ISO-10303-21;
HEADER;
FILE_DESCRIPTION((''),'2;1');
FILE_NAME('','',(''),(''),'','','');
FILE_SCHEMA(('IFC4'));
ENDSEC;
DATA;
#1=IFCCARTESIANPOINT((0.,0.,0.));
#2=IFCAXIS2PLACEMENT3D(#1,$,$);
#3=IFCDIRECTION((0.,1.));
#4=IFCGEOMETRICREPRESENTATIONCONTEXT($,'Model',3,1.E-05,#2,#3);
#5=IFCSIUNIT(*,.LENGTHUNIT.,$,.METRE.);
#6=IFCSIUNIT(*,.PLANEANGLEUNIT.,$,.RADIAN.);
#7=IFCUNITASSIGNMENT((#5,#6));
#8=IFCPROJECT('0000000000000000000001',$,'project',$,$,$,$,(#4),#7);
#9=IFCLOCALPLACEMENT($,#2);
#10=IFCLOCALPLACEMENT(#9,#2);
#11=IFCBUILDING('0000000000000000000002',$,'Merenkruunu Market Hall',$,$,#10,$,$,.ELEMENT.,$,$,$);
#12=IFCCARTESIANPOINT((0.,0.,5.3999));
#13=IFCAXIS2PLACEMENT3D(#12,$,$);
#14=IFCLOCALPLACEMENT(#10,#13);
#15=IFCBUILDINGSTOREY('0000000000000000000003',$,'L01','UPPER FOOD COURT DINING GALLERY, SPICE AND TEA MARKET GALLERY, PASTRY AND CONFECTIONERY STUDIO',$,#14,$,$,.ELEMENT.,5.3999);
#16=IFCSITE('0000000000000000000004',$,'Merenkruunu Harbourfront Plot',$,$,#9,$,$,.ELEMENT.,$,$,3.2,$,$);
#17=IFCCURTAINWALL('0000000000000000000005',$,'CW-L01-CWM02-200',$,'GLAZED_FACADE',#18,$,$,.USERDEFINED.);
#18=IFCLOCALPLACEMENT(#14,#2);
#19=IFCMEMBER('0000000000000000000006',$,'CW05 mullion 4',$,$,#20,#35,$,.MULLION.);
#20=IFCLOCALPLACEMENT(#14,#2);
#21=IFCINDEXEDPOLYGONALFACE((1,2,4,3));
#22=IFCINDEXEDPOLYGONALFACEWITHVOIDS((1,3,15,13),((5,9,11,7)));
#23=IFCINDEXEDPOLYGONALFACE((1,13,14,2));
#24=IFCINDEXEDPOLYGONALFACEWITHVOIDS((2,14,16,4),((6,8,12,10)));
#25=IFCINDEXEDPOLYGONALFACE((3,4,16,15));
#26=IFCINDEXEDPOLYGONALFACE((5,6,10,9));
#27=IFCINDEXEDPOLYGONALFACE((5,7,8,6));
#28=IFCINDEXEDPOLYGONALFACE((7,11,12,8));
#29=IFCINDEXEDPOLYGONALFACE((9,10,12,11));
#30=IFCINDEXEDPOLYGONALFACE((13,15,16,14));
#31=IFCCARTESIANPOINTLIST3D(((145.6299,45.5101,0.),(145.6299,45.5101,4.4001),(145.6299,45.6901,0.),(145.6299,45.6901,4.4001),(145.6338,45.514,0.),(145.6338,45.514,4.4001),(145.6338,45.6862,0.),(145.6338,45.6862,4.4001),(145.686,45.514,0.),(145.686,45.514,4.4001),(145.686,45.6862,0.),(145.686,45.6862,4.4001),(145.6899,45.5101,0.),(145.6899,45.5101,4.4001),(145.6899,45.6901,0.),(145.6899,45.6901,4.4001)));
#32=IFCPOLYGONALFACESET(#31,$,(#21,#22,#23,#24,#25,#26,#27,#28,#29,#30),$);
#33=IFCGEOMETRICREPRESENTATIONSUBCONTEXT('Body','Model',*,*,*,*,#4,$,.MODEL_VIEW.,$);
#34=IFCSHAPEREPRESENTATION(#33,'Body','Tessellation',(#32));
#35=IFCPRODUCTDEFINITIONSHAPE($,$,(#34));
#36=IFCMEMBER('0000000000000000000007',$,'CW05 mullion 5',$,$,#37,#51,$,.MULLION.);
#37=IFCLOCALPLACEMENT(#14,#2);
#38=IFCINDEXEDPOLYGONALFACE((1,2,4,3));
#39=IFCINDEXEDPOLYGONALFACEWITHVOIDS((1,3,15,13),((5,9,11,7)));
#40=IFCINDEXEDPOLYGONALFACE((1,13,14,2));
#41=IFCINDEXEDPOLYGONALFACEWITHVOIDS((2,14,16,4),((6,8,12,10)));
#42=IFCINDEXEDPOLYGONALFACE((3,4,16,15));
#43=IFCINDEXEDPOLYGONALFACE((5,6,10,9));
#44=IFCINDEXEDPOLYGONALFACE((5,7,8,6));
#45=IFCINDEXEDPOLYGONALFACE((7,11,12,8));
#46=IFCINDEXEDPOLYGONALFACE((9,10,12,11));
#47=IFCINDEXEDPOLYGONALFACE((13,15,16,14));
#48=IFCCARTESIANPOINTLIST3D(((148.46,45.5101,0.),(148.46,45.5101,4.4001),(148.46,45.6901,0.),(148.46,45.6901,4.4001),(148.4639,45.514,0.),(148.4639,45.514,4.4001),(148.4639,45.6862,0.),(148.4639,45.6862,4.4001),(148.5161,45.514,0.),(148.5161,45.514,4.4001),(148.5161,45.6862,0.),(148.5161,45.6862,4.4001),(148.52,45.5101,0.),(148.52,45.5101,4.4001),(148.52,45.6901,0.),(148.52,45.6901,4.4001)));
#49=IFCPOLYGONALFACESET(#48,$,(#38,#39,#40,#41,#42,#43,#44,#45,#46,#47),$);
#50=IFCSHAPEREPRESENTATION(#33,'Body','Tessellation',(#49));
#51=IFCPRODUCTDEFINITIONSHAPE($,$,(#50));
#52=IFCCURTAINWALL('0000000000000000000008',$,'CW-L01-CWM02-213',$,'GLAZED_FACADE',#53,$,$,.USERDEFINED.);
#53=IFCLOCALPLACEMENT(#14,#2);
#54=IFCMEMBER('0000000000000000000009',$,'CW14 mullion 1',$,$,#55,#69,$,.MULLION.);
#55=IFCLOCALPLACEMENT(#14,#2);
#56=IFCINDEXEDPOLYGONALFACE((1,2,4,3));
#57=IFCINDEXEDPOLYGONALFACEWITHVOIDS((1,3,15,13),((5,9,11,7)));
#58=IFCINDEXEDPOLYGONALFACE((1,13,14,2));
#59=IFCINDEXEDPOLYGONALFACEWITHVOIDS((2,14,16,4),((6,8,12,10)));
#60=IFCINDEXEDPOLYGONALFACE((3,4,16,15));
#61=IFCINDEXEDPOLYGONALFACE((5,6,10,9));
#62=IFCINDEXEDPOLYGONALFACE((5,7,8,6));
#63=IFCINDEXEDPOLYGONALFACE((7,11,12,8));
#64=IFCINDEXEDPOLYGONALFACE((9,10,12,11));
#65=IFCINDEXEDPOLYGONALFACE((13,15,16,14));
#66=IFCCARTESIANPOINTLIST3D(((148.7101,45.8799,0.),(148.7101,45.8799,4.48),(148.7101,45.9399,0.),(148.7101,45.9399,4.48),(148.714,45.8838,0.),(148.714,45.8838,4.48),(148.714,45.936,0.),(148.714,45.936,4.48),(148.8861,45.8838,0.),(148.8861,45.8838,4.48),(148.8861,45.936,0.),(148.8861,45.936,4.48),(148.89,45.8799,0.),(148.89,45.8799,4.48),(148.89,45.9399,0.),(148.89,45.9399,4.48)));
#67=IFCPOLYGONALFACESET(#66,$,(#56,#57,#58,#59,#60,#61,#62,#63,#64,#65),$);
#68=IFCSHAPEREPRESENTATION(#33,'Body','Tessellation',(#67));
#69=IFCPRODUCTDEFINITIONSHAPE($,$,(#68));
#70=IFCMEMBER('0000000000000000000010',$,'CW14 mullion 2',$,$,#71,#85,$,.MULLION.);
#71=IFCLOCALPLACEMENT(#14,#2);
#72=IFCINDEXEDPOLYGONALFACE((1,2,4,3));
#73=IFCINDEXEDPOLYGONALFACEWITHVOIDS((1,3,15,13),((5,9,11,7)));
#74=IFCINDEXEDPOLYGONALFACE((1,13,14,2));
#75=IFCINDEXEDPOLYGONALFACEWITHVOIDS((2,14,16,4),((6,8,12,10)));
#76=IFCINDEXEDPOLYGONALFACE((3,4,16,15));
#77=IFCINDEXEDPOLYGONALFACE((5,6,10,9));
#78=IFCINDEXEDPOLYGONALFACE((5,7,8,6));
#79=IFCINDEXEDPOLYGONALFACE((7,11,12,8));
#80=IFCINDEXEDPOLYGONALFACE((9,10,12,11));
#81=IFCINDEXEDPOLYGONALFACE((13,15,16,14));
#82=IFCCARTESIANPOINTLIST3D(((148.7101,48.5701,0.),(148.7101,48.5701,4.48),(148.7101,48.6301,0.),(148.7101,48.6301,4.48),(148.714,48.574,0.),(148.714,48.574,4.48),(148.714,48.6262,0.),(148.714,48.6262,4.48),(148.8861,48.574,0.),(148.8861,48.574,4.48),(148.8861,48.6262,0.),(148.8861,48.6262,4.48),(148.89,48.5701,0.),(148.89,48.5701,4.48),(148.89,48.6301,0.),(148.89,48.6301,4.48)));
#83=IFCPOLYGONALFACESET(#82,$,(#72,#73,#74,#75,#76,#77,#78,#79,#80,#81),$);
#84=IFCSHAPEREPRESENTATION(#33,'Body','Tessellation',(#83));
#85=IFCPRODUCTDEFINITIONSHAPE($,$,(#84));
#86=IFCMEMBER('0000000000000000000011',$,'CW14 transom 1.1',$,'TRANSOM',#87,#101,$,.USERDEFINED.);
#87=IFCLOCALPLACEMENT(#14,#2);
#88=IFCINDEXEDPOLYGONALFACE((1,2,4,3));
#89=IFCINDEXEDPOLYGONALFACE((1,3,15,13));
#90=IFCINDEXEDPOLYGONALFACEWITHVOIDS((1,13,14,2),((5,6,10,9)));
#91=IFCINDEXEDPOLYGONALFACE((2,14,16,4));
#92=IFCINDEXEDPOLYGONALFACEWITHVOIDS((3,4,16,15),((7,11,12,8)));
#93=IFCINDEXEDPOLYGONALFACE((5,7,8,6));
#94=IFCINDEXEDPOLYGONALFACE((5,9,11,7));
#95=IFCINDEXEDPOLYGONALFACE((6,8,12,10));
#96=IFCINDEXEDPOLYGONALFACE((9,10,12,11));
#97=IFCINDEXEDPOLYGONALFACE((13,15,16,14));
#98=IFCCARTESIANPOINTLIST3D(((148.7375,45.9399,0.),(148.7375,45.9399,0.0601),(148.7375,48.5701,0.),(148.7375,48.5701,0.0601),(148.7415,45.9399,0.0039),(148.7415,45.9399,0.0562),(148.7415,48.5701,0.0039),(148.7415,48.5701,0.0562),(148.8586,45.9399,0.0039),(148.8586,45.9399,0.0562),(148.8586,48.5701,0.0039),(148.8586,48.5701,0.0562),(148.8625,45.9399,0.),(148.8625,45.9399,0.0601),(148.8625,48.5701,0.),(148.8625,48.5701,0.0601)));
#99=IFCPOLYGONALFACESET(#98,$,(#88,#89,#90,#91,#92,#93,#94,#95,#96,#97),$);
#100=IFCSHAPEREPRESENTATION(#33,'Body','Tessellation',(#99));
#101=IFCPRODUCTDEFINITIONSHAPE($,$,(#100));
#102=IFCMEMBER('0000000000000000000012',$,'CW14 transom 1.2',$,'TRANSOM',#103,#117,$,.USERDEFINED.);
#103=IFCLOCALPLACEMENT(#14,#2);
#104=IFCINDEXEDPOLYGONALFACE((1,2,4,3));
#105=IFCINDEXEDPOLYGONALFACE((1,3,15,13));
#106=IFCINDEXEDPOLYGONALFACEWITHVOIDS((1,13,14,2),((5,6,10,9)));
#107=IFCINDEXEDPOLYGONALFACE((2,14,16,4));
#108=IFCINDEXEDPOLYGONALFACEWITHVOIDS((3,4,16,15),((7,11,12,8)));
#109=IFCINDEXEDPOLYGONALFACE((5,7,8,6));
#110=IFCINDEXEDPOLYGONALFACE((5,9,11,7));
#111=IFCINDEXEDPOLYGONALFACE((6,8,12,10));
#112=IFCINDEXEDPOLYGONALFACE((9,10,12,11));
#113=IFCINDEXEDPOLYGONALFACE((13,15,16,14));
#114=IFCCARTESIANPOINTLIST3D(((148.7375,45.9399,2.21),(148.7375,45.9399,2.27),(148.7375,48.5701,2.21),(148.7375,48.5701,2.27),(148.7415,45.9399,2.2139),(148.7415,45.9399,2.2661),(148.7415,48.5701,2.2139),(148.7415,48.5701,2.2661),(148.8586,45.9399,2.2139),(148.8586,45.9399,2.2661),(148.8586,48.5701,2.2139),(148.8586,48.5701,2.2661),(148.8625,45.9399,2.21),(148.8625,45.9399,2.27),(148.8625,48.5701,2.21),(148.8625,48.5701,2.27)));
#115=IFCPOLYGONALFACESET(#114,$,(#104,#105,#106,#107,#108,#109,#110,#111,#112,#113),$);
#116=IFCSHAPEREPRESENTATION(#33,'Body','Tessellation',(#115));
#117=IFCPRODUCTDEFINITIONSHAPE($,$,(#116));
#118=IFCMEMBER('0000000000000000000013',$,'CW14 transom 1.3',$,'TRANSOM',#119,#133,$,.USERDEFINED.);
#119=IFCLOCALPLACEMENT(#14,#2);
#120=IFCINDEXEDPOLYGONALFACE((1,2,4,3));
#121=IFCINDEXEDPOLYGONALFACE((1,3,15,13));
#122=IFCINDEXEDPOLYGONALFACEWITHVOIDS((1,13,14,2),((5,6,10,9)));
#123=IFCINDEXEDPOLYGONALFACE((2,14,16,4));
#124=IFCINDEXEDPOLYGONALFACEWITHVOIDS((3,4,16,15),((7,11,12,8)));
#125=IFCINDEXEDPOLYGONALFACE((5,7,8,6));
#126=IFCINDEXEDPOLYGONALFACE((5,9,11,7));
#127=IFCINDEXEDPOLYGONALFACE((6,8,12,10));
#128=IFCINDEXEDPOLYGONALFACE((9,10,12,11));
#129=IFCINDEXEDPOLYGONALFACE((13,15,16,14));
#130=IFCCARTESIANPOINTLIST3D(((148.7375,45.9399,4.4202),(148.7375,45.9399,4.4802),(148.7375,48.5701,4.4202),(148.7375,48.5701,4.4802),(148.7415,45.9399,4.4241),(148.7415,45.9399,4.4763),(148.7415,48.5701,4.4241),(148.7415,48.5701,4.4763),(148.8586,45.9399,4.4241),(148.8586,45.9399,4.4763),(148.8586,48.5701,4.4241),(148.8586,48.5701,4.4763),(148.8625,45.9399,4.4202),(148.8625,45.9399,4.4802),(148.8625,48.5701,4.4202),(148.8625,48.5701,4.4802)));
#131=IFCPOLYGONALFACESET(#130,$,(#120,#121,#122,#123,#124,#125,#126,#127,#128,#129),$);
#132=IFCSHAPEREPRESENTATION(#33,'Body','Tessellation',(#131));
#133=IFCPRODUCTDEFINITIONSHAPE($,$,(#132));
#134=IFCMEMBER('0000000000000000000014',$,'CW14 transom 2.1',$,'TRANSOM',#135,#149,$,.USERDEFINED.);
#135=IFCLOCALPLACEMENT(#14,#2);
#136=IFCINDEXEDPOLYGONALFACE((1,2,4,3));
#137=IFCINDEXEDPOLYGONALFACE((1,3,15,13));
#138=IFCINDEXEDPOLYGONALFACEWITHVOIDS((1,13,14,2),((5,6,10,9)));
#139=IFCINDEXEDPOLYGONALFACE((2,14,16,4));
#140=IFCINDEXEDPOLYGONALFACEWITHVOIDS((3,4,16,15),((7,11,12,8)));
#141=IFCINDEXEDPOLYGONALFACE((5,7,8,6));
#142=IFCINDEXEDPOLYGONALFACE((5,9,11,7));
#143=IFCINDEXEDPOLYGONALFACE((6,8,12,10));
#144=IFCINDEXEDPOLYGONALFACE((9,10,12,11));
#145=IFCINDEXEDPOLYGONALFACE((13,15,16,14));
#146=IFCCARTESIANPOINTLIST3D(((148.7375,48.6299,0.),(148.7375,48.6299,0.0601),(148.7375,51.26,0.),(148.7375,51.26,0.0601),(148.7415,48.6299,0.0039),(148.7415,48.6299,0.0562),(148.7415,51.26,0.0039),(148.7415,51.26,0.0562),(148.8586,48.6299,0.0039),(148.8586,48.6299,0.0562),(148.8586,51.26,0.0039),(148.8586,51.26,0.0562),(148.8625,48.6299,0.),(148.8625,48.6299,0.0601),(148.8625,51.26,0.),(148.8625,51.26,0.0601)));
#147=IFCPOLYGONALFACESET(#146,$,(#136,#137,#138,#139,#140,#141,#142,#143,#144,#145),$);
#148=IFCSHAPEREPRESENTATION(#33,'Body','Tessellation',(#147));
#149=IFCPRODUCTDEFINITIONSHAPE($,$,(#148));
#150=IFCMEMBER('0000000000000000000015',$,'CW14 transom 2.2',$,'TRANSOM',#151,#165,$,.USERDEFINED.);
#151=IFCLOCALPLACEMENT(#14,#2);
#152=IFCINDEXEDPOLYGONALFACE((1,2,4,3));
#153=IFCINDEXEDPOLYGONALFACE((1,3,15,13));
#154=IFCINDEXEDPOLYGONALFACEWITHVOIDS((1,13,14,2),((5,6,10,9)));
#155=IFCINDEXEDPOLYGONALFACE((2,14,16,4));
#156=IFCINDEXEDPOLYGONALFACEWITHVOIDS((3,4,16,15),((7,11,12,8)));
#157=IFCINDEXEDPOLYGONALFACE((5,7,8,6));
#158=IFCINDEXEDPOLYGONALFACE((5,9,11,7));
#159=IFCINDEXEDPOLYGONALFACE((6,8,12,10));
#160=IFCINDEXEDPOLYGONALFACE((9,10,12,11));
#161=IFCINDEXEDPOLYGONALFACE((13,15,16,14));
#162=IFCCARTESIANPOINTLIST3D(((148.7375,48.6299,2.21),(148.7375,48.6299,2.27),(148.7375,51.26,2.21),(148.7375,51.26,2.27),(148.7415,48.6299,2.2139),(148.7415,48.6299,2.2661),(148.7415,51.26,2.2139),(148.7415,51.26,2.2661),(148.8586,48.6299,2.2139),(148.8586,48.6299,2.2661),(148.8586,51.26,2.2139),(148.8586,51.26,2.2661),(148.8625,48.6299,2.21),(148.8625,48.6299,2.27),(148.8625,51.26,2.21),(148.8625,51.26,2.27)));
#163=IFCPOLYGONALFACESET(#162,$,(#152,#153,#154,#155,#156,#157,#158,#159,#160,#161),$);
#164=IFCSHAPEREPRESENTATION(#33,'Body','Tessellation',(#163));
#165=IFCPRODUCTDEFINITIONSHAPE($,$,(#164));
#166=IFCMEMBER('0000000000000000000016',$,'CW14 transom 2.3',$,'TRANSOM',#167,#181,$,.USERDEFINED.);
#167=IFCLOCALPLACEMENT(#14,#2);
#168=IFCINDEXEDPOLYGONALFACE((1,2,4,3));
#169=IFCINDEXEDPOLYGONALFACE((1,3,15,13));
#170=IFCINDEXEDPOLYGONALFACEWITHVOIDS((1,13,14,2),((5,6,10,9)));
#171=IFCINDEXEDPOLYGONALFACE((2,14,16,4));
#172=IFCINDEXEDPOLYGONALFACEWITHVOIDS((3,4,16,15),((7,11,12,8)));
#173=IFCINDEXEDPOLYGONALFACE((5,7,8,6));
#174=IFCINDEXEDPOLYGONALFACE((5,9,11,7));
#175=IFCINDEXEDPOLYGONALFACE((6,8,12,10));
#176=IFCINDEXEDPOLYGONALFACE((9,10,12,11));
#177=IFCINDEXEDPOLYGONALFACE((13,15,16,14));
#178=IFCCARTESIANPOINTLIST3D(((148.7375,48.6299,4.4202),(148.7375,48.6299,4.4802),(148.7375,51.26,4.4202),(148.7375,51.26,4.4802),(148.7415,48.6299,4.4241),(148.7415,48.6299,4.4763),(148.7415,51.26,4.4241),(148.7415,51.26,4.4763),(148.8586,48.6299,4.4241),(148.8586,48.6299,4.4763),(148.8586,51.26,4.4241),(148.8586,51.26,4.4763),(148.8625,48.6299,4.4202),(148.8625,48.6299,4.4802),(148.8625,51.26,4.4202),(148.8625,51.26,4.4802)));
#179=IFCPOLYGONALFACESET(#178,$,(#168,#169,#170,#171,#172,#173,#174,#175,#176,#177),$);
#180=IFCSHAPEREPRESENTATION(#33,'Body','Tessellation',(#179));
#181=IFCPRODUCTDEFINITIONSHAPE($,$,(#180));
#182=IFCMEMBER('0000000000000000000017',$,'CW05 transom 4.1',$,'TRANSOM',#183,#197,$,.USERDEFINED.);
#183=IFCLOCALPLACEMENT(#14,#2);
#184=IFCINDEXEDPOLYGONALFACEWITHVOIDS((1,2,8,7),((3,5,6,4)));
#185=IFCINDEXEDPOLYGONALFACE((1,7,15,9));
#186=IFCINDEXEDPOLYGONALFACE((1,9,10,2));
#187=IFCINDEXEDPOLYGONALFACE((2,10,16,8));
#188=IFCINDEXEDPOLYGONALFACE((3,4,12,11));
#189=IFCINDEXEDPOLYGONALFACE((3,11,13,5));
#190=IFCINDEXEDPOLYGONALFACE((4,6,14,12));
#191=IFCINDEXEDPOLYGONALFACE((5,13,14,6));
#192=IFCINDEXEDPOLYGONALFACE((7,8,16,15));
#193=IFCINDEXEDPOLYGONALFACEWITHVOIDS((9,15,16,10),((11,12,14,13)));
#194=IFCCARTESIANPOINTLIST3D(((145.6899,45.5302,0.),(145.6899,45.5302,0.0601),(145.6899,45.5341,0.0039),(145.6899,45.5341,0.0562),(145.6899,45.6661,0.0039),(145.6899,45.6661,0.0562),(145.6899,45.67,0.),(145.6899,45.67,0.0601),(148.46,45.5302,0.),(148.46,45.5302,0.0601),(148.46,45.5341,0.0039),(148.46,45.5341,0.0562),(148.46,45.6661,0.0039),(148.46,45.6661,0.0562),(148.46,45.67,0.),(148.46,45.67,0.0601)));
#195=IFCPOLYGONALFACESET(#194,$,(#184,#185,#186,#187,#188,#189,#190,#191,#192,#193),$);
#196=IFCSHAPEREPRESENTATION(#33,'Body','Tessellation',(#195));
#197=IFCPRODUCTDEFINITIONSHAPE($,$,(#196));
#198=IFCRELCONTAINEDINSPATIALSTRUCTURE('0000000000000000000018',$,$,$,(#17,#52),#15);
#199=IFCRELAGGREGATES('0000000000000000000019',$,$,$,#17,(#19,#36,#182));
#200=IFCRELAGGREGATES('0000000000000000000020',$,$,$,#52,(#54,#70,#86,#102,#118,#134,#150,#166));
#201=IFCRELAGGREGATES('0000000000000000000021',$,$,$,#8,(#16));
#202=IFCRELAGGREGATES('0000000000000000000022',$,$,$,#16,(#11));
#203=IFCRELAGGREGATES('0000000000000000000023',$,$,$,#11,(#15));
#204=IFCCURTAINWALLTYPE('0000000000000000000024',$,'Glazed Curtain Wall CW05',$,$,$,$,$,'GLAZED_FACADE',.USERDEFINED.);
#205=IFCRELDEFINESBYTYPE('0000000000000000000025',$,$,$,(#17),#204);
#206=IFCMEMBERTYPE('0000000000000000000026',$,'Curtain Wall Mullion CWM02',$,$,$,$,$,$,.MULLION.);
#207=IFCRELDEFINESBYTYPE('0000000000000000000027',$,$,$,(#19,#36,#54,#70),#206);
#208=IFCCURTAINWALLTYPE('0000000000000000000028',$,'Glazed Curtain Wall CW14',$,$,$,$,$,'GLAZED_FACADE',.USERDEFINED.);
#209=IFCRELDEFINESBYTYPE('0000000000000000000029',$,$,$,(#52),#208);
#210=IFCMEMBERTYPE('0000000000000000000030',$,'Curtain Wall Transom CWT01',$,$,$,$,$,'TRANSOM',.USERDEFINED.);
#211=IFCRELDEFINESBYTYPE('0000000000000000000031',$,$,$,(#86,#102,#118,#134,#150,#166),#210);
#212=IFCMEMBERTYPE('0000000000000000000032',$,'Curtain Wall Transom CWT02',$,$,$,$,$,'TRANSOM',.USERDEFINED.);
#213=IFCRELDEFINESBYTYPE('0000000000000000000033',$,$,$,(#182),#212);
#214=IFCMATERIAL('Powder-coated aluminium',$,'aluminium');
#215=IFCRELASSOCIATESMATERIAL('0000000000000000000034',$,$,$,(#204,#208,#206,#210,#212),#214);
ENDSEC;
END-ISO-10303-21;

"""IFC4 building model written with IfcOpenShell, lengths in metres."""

from ifc_helpers import new_model, si_unit, direction, frame, origin, origin_2d, place, context, subcontext, project, spatial, hollow_rectangle, extrude, material, material_profile, profile_set, type_object, element, aggregate, save


model = new_model("IFC4")

# Units and contexts
model_context = context("Model", 3, precision=1e-05, world=origin(), true_north=direction((0.0, 1.0)))
body_context = subcontext(model_context, "Body", "Model", "MODEL_VIEW")
ifc_project = project(units=[si_unit("LENGTHUNIT", "METRE"), si_unit("PLANEANGLEUNIT", "RADIAN")], contexts=[model_context])

# Site, building, storey
site_placement = place(None, origin())
site = spatial("IfcSite", under=ifc_project, at=site_placement, Name="Merenkruunu Harbourfront Plot", CompositionType="ELEMENT", RefElevation=3.2)
building_placement = place(site_placement, origin())
building = spatial("IfcBuilding", under=site, at=building_placement, Name="Merenkruunu Market Hall", CompositionType="ELEMENT")
storey_placement = place(building_placement, frame((0.0, 0.0, 5.3999)))
storey = spatial("IfcBuildingStorey", under=building, at=storey_placement, Name="L01", Description="UPPER FOOD COURT DINING GALLERY, SPICE AND TEA MARKET GALLERY, PASTRY AND CONFECTIONERY STUDIO", CompositionType="ELEMENT", Elevation=5.3999)

# Curtain walls, members
ifc_material_1 = material(Name="Powder-coated aluminium", Category="aluminium")
curtain_wall_type_1 = type_object("IfcCurtainWallType", Name="Glazed Curtain Wall CW05", ElementType="GLAZED_FACADE", PredefinedType="USERDEFINED", material=ifc_material_1)
curtain_wall_1_placement = place(storey_placement, origin())
curtain_wall_1 = element("IfcCurtainWall", 1, at=curtain_wall_1_placement, inside=storey, type_object=curtain_wall_type_1, Name="CW-L01-CWM02-200", ObjectType="GLAZED_FACADE", PredefinedType="USERDEFINED")
ifc_material_profile_1 = material_profile(ifc_material_1, hollow_rectangle(XDim=0.0601, YDim=0.1799, WallThickness=0.0039, at=origin_2d()), Name="ALU 60x180x4")
ifc_profile_set_1 = profile_set([ifc_material_profile_1], Name="Powder-coated aluminium")
member_type_1 = type_object("IfcMemberType", Name="Curtain Wall Mullion CWM02", PredefinedType="MULLION", material=ifc_profile_set_1)
member_1_placement = place(storey_placement, frame((145.6599, 45.6001, 0.0), z_axis=(0.0, 0.0, 1.0), x_axis=(1.0, 0.0, 0.0)))
member_1 = element("IfcMember", 2, at=member_1_placement, type_object=member_type_1, Name="CW05 mullion 4", PredefinedType="MULLION", context=body_context, shape_type="SweptSolid", body=[
    extrude(hollow_rectangle(XDim=0.0601, YDim=0.1799, WallThickness=0.0039, at=origin_2d()), origin(), (0.0, 0.0, 1.0), 4.4001),
])
member_2_placement = place(storey_placement, frame((148.49, 45.6001, 0.0), z_axis=(0.0, 0.0, 1.0), x_axis=(1.0, 0.0, 0.0)))
member_2 = element("IfcMember", 3, at=member_2_placement, type_object=member_type_1, Name="CW05 mullion 5", PredefinedType="MULLION", context=body_context, shape_type="SweptSolid", body=[
    extrude(hollow_rectangle(XDim=0.0601, YDim=0.1799, WallThickness=0.0039, at=origin_2d()), origin(), (0.0, 0.0, 1.0), 4.4001),
])
curtain_wall_type_2 = type_object("IfcCurtainWallType", Name="Glazed Curtain Wall CW14", ElementType="GLAZED_FACADE", PredefinedType="USERDEFINED", material=ifc_material_1)
curtain_wall_2_placement = place(storey_placement, origin())
curtain_wall_2 = element("IfcCurtainWall", 4, at=curtain_wall_2_placement, inside=storey, type_object=curtain_wall_type_2, Name="CW-L01-CWM02-213", ObjectType="GLAZED_FACADE", PredefinedType="USERDEFINED")
member_3_placement = place(storey_placement, frame((148.8, 45.9099, 0.0), z_axis=(0.0, 0.0, 1.0), x_axis=(0.0, 1.0, 0.0)))
member_3 = element("IfcMember", 5, at=member_3_placement, type_object=member_type_1, Name="CW14 mullion 1", PredefinedType="MULLION", context=body_context, shape_type="SweptSolid", body=[
    extrude(hollow_rectangle(XDim=0.0601, YDim=0.1799, WallThickness=0.0039, at=origin_2d()), origin(), (0.0, 0.0, 1.0), 4.48),
])
member_4_placement = place(storey_placement, frame((148.8, 48.6001, 0.0), z_axis=(0.0, 0.0, 1.0), x_axis=(0.0, 1.0, 0.0)))
member_4 = element("IfcMember", 6, at=member_4_placement, type_object=member_type_1, Name="CW14 mullion 2", PredefinedType="MULLION", context=body_context, shape_type="SweptSolid", body=[
    extrude(hollow_rectangle(XDim=0.0601, YDim=0.1799, WallThickness=0.0039, at=origin_2d()), origin(), (0.0, 0.0, 1.0), 4.48),
])
ifc_material_profile_2 = material_profile(ifc_material_1, hollow_rectangle(XDim=0.0601, YDim=0.125, WallThickness=0.0039, at=origin_2d()), Name="ALU 60x125x4")
ifc_profile_set_2 = profile_set([ifc_material_profile_2], Name="Powder-coated aluminium")
member_type_2 = type_object("IfcMemberType", Name="Curtain Wall Transom CWT01", ElementType="TRANSOM", PredefinedType="USERDEFINED", material=ifc_profile_set_2)
member_5_placement = place(storey_placement, frame((148.8, 45.9399, 0.03), z_axis=(0.0, 1.0, 0.0), x_axis=(0.0, 0.0, 1.0)))
member_5 = element("IfcMember", 7, at=member_5_placement, type_object=member_type_2, Name="CW14 transom 1.1", ObjectType="TRANSOM", PredefinedType="USERDEFINED", context=body_context, shape_type="SweptSolid", body=[
    extrude(hollow_rectangle(XDim=0.0601, YDim=0.125, WallThickness=0.0039, at=origin_2d()), origin(), (0.0, 0.0, 1.0), 2.6301),
])
member_6_placement = place(storey_placement, frame((148.8, 45.9399, 2.24), z_axis=(0.0, 1.0, 0.0), x_axis=(0.0, 0.0, 1.0)))
member_6 = element("IfcMember", 8, at=member_6_placement, type_object=member_type_2, Name="CW14 transom 1.2", ObjectType="TRANSOM", PredefinedType="USERDEFINED", context=body_context, shape_type="SweptSolid", body=[
    extrude(hollow_rectangle(XDim=0.0601, YDim=0.125, WallThickness=0.0039, at=origin_2d()), origin(), (0.0, 0.0, 1.0), 2.6301),
])
member_7_placement = place(storey_placement, frame((148.8, 45.9399, 4.4502), z_axis=(0.0, 1.0, 0.0), x_axis=(0.0, 0.0, 1.0)))
member_7 = element("IfcMember", 9, at=member_7_placement, type_object=member_type_2, Name="CW14 transom 1.3", ObjectType="TRANSOM", PredefinedType="USERDEFINED", context=body_context, shape_type="SweptSolid", body=[
    extrude(hollow_rectangle(XDim=0.0601, YDim=0.125, WallThickness=0.0039, at=origin_2d()), origin(), (0.0, 0.0, 1.0), 2.6301),
])
member_8_placement = place(storey_placement, frame((148.8, 48.6299, 0.03), z_axis=(0.0, 1.0, 0.0), x_axis=(0.0, 0.0, 1.0)))
member_8 = element("IfcMember", 10, at=member_8_placement, type_object=member_type_2, Name="CW14 transom 2.1", ObjectType="TRANSOM", PredefinedType="USERDEFINED", context=body_context, shape_type="SweptSolid", body=[
    extrude(hollow_rectangle(XDim=0.0601, YDim=0.125, WallThickness=0.0039, at=origin_2d()), origin(), (0.0, 0.0, 1.0), 2.6301),
])
member_9_placement = place(storey_placement, frame((148.8, 48.6299, 2.24), z_axis=(0.0, 1.0, 0.0), x_axis=(0.0, 0.0, 1.0)))
member_9 = element("IfcMember", 11, at=member_9_placement, type_object=member_type_2, Name="CW14 transom 2.2", ObjectType="TRANSOM", PredefinedType="USERDEFINED", context=body_context, shape_type="SweptSolid", body=[
    extrude(hollow_rectangle(XDim=0.0601, YDim=0.125, WallThickness=0.0039, at=origin_2d()), origin(), (0.0, 0.0, 1.0), 2.6301),
])
member_10_placement = place(storey_placement, frame((148.8, 48.6299, 4.4502), z_axis=(0.0, 1.0, 0.0), x_axis=(0.0, 0.0, 1.0)))
member_10 = element("IfcMember", 12, at=member_10_placement, type_object=member_type_2, Name="CW14 transom 2.3", ObjectType="TRANSOM", PredefinedType="USERDEFINED", context=body_context, shape_type="SweptSolid", body=[
    extrude(hollow_rectangle(XDim=0.0601, YDim=0.125, WallThickness=0.0039, at=origin_2d()), origin(), (0.0, 0.0, 1.0), 2.6301),
])

# Member
ifc_material_profile_3 = material_profile(ifc_material_1, hollow_rectangle(XDim=0.0601, YDim=0.1399, WallThickness=0.0039, at=origin_2d()), Name="ALU 60x140x4")
ifc_profile_set_3 = profile_set([ifc_material_profile_3], Name="Powder-coated aluminium")
member_type_3 = type_object("IfcMemberType", Name="Curtain Wall Transom CWT02", ElementType="TRANSOM", PredefinedType="USERDEFINED", material=ifc_profile_set_3)
member_11_placement = place(storey_placement, frame((145.6899, 45.6001, 0.03), z_axis=(1.0, 0.0, 0.0), x_axis=(0.0, 0.0, 1.0)))
member_11 = element("IfcMember", 13, at=member_11_placement, type_object=member_type_3, Name="CW05 transom 4.1", ObjectType="TRANSOM", PredefinedType="USERDEFINED", context=body_context, shape_type="SweptSolid", body=[
    extrude(hollow_rectangle(XDim=0.0601, YDim=0.1399, WallThickness=0.0039, at=origin_2d()), origin(), (0.0, 0.0, 1.0), 2.77),
])

aggregate(curtain_wall_1, [member_1, member_2, member_11])
aggregate(curtain_wall_2, [member_3, member_4, member_5, member_6, member_7, member_8, member_9, member_10])

save(model, "model.ifc")
